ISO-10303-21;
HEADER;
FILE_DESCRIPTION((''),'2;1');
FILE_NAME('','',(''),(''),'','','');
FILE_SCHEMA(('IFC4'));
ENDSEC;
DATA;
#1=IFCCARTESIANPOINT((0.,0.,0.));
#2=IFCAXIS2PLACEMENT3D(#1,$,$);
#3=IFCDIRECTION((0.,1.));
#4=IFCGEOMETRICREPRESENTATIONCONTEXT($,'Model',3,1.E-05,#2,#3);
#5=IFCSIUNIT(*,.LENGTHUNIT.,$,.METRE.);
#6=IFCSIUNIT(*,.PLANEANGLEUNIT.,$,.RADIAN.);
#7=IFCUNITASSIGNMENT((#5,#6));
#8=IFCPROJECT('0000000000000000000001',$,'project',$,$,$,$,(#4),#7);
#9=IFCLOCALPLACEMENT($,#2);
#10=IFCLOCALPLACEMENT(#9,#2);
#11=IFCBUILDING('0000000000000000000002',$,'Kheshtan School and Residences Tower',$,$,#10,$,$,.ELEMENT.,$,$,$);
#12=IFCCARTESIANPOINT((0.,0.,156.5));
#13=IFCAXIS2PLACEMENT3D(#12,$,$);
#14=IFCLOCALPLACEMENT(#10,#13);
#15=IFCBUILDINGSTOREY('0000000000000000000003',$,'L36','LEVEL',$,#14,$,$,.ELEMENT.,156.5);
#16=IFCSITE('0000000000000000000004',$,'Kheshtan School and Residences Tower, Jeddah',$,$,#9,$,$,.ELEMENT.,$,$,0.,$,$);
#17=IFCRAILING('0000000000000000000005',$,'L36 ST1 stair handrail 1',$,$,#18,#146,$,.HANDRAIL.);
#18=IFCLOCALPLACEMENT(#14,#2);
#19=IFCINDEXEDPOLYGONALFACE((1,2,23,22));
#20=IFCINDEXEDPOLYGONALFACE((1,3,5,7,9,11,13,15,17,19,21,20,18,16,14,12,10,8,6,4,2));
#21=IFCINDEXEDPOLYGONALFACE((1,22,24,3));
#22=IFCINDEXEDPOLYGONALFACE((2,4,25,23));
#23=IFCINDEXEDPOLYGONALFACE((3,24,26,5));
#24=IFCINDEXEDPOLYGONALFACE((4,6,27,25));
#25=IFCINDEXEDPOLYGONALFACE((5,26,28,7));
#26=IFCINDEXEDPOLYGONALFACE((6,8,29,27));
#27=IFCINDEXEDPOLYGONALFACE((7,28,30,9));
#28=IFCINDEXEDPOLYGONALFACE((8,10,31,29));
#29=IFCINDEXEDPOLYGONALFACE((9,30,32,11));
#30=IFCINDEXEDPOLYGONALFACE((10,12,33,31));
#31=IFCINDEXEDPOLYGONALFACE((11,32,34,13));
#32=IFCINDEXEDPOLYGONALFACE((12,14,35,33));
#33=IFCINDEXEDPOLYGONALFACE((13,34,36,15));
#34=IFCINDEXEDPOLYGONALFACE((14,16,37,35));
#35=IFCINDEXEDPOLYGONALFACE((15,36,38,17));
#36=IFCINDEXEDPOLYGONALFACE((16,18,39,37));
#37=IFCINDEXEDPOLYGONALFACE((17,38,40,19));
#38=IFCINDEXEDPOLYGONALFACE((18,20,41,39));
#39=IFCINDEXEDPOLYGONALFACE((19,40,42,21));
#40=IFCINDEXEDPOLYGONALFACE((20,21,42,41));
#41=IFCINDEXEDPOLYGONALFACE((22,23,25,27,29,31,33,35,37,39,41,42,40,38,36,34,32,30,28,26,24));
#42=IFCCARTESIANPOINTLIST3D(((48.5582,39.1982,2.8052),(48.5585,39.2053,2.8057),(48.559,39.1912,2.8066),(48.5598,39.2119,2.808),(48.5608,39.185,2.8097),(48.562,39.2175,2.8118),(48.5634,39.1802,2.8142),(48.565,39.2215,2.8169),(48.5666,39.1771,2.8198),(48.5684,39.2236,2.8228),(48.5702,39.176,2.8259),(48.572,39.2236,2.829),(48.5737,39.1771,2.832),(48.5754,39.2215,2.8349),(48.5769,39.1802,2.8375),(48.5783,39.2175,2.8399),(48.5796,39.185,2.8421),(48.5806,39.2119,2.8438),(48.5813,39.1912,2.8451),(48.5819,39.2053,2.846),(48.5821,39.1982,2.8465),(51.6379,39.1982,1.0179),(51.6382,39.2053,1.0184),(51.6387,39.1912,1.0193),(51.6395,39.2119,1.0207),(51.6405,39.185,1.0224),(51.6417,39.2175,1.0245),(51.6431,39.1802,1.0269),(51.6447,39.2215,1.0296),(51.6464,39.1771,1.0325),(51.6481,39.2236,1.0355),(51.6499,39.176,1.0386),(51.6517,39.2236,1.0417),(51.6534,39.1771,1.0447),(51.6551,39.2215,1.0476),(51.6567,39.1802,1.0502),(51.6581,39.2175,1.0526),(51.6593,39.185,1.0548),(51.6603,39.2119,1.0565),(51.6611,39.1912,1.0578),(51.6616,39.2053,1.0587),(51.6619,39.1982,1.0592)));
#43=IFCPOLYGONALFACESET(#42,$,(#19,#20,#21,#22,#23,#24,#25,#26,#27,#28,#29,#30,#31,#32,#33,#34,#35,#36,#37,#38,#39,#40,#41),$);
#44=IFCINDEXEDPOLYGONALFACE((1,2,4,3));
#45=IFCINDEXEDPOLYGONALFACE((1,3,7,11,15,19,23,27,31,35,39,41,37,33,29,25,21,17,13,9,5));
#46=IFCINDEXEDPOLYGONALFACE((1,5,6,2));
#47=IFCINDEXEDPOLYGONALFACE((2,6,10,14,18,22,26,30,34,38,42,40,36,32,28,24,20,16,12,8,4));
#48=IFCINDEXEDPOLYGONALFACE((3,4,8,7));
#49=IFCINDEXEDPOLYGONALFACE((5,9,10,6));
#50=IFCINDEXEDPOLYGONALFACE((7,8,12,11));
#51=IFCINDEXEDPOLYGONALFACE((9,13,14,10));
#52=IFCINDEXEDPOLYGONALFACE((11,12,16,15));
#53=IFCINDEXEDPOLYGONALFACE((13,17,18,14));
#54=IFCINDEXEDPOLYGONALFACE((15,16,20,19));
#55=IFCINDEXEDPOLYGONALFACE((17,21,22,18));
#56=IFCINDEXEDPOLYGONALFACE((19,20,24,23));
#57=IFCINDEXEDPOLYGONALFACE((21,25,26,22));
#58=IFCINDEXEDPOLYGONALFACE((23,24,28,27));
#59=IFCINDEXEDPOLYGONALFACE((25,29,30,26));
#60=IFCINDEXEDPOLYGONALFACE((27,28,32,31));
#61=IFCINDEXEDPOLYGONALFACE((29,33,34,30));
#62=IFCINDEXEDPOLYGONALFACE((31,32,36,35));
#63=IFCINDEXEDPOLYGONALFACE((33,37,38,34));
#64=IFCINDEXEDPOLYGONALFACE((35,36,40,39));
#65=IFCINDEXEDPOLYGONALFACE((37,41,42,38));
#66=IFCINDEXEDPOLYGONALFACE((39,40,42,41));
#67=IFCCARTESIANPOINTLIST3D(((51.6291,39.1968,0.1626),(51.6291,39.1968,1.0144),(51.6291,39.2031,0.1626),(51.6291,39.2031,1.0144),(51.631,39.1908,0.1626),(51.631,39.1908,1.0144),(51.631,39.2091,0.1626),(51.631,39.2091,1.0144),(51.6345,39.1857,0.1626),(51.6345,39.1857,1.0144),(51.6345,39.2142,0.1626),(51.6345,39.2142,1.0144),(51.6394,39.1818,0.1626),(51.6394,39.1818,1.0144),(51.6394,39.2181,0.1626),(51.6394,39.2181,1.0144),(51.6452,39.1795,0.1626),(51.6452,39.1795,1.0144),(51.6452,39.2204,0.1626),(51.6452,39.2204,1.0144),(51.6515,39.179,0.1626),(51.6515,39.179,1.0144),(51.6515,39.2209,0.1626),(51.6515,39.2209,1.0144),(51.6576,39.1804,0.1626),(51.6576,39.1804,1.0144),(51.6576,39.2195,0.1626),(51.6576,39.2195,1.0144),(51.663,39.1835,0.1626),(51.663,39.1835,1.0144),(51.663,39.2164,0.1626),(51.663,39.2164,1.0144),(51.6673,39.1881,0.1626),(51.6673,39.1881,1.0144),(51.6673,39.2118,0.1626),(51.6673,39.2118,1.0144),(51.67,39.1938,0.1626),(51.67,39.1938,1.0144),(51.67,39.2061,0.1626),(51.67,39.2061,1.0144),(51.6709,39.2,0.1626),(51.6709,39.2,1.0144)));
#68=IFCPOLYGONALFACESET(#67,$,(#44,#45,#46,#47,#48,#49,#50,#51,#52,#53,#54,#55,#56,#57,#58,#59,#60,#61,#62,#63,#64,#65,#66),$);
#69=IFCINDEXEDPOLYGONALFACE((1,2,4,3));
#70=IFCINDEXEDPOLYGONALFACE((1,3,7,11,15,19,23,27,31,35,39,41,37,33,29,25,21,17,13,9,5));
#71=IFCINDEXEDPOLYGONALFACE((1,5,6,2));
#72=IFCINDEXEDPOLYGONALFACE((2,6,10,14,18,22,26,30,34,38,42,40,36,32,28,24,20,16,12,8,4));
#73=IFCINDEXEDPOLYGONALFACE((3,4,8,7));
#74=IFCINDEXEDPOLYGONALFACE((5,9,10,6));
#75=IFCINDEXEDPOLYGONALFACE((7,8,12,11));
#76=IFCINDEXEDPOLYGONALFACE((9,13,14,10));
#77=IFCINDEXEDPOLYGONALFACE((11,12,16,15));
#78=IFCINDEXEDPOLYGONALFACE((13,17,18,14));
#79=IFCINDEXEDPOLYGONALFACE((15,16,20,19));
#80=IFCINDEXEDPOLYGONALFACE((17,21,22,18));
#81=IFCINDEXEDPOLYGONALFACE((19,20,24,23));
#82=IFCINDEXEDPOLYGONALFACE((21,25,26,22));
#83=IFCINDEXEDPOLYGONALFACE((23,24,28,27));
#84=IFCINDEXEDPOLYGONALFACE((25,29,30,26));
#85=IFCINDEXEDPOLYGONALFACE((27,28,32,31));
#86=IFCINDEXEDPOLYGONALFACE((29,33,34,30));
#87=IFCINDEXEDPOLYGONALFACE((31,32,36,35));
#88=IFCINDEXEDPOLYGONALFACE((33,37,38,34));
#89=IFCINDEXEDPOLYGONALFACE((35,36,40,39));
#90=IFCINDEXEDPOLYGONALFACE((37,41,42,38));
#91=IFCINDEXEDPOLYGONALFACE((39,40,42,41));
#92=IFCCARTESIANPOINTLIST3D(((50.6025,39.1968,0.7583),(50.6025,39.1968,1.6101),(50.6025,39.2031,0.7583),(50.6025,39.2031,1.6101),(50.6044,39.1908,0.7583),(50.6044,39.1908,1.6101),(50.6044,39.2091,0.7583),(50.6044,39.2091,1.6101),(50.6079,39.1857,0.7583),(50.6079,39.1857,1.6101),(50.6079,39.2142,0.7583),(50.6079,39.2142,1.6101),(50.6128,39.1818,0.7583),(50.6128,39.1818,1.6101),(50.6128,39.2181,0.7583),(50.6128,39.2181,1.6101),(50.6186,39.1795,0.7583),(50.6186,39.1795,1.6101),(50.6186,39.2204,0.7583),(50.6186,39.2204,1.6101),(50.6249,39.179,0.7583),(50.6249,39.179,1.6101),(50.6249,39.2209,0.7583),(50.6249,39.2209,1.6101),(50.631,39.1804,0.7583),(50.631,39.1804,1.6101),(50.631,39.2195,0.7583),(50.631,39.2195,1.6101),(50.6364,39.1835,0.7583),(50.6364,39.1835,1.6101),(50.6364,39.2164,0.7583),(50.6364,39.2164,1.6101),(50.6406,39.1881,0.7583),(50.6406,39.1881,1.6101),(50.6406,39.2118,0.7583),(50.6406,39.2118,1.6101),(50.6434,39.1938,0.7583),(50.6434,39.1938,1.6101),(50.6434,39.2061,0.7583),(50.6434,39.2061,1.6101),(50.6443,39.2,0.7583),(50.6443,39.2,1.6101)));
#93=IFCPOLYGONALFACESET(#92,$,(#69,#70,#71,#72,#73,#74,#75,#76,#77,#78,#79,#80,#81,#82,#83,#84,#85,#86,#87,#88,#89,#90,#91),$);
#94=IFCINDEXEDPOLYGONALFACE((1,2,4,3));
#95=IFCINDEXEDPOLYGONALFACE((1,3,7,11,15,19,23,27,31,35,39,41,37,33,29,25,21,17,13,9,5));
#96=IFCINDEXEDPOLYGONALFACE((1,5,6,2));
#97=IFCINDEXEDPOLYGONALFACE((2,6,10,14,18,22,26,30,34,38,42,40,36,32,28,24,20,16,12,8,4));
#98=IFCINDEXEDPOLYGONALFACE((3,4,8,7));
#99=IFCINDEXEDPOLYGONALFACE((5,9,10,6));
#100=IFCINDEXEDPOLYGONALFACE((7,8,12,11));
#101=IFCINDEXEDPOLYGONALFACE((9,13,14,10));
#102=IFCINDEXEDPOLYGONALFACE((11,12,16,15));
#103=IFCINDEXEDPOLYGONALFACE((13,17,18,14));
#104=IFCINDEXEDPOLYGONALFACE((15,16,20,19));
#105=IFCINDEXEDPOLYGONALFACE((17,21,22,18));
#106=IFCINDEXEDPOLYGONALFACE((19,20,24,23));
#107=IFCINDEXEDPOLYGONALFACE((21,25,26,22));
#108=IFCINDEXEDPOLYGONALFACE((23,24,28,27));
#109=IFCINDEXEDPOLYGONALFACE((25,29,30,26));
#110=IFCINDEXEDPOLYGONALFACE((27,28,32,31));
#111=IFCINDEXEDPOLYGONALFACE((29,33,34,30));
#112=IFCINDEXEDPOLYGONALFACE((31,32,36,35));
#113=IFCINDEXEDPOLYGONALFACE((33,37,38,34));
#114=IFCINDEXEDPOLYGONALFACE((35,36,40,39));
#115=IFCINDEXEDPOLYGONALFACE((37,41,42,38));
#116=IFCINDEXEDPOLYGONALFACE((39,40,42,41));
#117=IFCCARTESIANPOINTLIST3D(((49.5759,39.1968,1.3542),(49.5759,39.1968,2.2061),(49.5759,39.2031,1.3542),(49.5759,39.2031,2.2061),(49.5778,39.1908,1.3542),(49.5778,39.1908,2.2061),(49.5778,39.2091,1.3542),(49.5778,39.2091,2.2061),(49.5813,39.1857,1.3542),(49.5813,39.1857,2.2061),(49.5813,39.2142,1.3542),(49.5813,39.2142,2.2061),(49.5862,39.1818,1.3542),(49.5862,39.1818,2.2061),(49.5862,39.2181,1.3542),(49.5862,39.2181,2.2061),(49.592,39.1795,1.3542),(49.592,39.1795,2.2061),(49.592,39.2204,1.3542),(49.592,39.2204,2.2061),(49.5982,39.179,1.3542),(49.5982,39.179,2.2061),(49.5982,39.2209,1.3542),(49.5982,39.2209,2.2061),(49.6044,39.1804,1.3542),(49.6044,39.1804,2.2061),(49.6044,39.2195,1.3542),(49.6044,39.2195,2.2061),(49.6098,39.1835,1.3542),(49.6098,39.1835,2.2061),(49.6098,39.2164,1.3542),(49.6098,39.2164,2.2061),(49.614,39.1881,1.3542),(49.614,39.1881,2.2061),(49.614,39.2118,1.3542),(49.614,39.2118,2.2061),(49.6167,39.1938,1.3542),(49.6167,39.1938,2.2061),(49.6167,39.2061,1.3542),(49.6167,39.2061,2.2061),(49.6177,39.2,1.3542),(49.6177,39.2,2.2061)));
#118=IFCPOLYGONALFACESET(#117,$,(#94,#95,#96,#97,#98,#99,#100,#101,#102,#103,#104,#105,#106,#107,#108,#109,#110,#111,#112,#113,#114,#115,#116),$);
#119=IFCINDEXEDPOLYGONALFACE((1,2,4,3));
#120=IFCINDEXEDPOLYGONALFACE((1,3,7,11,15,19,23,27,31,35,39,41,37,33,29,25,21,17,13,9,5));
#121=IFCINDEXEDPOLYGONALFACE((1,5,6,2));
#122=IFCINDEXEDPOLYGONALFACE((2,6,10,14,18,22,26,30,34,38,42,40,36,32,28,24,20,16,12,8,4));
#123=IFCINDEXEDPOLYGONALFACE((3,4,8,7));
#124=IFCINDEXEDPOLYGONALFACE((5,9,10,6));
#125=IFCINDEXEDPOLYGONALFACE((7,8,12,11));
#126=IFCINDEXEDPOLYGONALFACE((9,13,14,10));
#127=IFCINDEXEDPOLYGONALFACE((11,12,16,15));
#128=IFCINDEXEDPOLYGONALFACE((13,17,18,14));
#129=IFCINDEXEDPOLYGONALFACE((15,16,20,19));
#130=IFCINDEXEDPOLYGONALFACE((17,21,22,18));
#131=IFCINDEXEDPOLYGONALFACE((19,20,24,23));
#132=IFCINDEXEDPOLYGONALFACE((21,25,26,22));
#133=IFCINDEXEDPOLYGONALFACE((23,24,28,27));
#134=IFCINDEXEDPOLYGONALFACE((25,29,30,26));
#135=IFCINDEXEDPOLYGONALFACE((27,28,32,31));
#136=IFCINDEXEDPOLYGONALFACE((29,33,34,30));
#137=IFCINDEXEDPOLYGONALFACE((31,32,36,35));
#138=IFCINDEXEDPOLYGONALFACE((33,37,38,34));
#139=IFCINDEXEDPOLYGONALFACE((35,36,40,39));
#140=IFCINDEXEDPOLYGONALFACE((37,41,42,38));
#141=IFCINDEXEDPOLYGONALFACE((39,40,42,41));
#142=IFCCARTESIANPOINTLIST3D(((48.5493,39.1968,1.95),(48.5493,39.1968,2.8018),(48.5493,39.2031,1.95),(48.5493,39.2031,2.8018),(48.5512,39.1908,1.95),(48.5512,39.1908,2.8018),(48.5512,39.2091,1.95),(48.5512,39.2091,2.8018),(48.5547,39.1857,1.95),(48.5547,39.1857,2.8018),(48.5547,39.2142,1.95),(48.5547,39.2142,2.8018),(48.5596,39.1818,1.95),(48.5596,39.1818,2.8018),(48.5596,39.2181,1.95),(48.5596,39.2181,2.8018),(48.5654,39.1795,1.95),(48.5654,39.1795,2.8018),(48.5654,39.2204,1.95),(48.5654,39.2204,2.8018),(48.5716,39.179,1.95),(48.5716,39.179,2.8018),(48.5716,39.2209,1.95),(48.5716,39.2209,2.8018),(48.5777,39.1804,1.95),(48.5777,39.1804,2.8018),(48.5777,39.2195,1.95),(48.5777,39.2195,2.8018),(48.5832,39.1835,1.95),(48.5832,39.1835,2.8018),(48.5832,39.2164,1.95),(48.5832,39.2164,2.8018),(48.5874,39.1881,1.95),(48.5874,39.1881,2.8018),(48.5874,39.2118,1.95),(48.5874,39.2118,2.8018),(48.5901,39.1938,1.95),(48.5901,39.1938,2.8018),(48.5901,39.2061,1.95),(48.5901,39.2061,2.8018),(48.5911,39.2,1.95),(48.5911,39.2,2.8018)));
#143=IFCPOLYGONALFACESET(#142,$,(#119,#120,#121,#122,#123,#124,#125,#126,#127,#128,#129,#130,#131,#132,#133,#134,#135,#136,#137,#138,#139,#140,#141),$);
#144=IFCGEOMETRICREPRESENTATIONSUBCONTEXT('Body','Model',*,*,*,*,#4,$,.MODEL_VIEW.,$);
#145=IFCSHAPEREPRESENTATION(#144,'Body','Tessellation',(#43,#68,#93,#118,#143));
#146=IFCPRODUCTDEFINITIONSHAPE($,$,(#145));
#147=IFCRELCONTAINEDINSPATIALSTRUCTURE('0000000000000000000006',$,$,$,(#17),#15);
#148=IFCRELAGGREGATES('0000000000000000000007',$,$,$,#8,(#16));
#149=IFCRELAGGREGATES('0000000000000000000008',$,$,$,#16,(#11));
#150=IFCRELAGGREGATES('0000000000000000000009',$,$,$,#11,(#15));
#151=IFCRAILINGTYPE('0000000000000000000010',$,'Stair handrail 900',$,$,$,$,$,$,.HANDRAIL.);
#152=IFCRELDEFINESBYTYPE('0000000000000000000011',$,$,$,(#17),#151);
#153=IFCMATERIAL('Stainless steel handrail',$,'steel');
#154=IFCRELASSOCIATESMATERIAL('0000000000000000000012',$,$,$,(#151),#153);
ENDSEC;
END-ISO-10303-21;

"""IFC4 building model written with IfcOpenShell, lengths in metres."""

from ifc_helpers import new_model, si_unit, direction, frame, origin, origin_2d, place, context, subcontext, project, spatial, circle, extrude, material, type_object, element, save


model = new_model("IFC4")

# Units and contexts
model_context = context("Model", 3, precision=1e-05, world=origin(), true_north=direction((0.0, 1.0)))
body_context = subcontext(model_context, "Body", "Model", "MODEL_VIEW")
ifc_project = project(units=[si_unit("LENGTHUNIT", "METRE"), si_unit("PLANEANGLEUNIT", "RADIAN")], contexts=[model_context])

# Site, building, storey
site_placement = place(None, origin())
site = spatial("IfcSite", under=ifc_project, at=site_placement, Name="Kheshtan School and Residences Tower, Jeddah", CompositionType="ELEMENT", RefElevation=0.0)
building_placement = place(site_placement, origin())
building = spatial("IfcBuilding", under=site, at=building_placement, Name="Kheshtan School and Residences Tower", CompositionType="ELEMENT")
storey_placement = place(building_placement, frame((0.0, 0.0, 156.5)))
storey = spatial("IfcBuildingStorey", under=building, at=storey_placement, Name="L36", Description="LEVEL", CompositionType="ELEMENT", Elevation=156.5)

# Railing
ifc_material_1 = material(Name="Stainless steel handrail", Category="steel")
railing_type_1 = type_object("IfcRailingType", Name="Stair handrail 900", PredefinedType="HANDRAIL", material=ifc_material_1)
railing_1_placement = place(storey_placement, frame((51.6499, 39.2, 0.1626)))
element("IfcRailing", 1, at=railing_1_placement, inside=storey, type_object=railing_type_1, Name="L36 ST1 stair handrail 1", PredefinedType="HANDRAIL", context=body_context, shape_type="SweptSolid", body=[
    extrude(circle(Radius=0.0239, at=origin_2d()), frame((0.0, 0.0, 0.876), z_axis=(-0.864903, 0.0, 0.501939), x_axis=(0.0, -1.0, 0.0)), (0.0, 0.0, 1.0), 3.5608),
    extrude(circle(Radius=0.021, at=origin_2d()), origin(), (0.0, 0.0, 1.0), 0.8518),
    extrude(circle(Radius=0.021, at=origin_2d()), frame((-1.0266, 0.0, 0.5957)), (0.0, 0.0, 1.0), 0.8518),
    extrude(circle(Radius=0.021, at=origin_2d()), frame((-2.0532, 0.0, 1.1917)), (0.0, 0.0, 1.0), 0.8518),
    extrude(circle(Radius=0.021, at=origin_2d()), frame((-3.0798, 0.0, 1.7874)), (0.0, 0.0, 1.0), 0.8518),
])

save(model, "model.ifc")
